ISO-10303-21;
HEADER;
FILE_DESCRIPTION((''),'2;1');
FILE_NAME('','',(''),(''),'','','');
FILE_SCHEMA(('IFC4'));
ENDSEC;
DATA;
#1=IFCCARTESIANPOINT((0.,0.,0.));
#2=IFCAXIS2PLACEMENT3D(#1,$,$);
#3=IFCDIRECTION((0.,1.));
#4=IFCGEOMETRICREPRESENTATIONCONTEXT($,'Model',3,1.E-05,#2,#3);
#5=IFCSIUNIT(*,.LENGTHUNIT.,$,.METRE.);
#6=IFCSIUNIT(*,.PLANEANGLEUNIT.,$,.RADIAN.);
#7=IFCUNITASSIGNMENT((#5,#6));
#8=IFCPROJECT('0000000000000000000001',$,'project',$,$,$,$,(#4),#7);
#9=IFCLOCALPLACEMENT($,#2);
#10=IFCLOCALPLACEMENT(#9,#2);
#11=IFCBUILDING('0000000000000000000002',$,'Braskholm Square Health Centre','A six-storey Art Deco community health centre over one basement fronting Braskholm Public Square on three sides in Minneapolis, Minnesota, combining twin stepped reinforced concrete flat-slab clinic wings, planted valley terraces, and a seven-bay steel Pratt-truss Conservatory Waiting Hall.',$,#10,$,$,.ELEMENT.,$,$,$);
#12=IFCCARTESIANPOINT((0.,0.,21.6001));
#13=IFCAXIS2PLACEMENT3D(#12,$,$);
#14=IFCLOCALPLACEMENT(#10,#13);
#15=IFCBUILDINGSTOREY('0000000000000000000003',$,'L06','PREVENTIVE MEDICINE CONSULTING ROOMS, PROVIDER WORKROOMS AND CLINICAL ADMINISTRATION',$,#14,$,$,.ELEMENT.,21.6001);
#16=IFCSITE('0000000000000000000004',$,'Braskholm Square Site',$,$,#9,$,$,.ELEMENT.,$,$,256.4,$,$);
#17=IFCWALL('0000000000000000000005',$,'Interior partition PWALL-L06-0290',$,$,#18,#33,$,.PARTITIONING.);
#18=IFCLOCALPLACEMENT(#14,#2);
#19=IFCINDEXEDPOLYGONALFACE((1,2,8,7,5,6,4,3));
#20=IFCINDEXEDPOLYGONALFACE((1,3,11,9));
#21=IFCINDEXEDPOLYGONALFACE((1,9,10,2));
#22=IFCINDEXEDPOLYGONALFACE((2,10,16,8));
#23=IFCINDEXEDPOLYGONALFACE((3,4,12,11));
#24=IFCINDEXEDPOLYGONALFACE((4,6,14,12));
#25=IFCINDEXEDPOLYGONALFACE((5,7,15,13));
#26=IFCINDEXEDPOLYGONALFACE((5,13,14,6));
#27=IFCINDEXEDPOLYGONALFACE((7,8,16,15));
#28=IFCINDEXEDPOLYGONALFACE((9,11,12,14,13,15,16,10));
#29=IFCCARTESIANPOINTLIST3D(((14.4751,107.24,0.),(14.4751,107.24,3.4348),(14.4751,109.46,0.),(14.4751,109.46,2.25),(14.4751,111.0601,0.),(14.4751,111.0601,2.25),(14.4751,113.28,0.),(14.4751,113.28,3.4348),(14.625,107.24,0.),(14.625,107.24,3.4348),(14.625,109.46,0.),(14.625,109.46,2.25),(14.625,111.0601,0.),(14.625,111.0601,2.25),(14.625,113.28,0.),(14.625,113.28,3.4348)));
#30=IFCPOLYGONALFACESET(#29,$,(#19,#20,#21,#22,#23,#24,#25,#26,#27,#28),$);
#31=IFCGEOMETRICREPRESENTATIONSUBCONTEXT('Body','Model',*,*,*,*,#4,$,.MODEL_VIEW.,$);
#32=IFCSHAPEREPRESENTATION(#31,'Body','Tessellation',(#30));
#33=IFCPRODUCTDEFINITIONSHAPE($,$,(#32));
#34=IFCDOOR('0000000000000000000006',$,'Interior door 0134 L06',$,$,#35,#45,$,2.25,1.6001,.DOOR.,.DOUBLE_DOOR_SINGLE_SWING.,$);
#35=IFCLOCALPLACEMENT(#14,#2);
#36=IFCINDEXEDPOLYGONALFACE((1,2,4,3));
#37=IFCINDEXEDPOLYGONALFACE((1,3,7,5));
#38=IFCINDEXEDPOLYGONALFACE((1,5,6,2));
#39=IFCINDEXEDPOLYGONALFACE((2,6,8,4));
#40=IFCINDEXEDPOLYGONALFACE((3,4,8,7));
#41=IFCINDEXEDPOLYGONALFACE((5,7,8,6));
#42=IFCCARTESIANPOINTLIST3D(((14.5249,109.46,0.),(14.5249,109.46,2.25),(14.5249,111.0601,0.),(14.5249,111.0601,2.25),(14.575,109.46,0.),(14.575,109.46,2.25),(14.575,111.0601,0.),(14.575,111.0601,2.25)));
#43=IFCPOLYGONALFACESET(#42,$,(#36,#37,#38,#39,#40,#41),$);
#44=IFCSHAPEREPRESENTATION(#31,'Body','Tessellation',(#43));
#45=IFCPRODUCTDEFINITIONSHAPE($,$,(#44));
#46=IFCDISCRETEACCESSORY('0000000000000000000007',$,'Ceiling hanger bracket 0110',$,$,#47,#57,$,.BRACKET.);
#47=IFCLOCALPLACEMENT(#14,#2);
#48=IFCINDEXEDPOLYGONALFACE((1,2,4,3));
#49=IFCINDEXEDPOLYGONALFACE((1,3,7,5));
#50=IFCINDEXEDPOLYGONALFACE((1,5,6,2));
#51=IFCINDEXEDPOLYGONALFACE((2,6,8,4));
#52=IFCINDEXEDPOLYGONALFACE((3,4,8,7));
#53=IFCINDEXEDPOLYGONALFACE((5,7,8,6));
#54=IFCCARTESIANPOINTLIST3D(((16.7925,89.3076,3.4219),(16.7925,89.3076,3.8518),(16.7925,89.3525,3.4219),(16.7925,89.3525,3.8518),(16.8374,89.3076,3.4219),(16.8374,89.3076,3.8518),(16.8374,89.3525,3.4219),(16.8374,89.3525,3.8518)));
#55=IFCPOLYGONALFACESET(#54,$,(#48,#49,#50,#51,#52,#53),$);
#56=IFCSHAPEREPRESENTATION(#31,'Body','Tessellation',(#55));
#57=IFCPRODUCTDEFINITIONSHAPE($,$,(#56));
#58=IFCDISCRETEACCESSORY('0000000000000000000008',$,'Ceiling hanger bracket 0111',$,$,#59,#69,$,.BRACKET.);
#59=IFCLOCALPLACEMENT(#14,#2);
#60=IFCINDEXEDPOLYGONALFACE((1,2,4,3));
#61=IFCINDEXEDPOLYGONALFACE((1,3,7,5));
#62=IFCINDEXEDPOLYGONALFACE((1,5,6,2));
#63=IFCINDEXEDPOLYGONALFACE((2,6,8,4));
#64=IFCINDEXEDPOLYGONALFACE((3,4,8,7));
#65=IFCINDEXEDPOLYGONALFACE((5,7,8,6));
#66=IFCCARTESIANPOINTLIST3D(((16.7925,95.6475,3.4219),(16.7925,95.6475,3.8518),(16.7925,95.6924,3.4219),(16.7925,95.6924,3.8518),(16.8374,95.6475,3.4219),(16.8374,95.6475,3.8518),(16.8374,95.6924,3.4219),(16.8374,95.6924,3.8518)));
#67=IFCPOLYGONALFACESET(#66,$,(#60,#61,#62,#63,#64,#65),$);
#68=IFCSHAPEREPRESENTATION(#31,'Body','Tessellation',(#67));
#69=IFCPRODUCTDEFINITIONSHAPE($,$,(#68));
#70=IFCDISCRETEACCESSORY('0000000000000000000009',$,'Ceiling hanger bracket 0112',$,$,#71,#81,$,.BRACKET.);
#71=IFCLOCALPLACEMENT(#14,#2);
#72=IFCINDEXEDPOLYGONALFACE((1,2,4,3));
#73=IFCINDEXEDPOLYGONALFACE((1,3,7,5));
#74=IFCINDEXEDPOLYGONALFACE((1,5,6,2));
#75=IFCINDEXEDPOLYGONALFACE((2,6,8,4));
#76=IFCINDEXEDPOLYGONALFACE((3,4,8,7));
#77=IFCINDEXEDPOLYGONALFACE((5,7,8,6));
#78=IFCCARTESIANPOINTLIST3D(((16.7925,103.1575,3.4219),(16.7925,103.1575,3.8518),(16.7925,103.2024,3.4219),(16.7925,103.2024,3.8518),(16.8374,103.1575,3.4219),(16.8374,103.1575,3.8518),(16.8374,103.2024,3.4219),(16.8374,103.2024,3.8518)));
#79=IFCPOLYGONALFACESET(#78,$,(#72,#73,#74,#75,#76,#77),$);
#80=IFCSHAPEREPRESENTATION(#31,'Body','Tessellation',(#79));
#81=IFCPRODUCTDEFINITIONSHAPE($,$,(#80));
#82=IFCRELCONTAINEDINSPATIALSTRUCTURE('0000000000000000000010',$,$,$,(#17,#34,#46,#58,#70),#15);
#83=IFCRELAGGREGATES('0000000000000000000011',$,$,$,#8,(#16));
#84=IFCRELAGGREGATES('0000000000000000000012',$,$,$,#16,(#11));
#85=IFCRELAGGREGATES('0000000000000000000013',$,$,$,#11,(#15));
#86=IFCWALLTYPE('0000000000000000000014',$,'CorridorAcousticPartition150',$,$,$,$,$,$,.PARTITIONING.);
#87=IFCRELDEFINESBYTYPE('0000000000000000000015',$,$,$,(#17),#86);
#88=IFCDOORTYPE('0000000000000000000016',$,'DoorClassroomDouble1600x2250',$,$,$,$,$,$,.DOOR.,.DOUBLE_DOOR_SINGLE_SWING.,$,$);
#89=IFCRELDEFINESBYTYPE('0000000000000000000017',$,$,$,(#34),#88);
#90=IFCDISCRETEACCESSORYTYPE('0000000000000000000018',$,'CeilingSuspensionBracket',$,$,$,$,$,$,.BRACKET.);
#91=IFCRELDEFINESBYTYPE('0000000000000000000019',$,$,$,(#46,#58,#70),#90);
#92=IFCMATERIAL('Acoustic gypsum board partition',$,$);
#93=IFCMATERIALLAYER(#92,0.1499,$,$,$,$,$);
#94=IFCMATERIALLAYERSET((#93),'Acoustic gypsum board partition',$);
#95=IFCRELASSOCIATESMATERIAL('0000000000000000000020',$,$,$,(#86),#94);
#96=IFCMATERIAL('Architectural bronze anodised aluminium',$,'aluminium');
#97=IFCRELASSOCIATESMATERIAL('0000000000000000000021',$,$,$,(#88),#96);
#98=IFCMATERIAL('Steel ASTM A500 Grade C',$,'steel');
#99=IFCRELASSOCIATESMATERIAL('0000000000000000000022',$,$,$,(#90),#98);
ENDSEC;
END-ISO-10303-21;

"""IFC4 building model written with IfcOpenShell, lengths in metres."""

from ifc_helpers import new_model, si_unit, direction, frame, frame_2d, origin, origin_2d, place, context, subcontext, project, spatial, rectangle, extrude, material, layer, layer_set, type_object, element, fill, save


model = new_model("IFC4")

# Units and contexts
model_context = context("Model", 3, precision=1e-05, world=origin(), true_north=direction((0.0, 1.0)))
body_context = subcontext(model_context, "Body", "Model", "MODEL_VIEW")
ifc_project = project(units=[si_unit("LENGTHUNIT", "METRE"), si_unit("PLANEANGLEUNIT", "RADIAN")], contexts=[model_context])

# Site, building, storey
site_placement = place(None, origin())
site = spatial("IfcSite", under=ifc_project, at=site_placement, Name="Braskholm Square Site", CompositionType="ELEMENT", RefElevation=256.4)
building_placement = place(site_placement, origin())
building = spatial("IfcBuilding", under=site, at=building_placement, Name="Braskholm Square Health Centre", Description="A six-storey Art Deco community health centre over one basement fronting Braskholm Public Square on three sides in Minneapolis, Minnesota, combining twin stepped reinforced concrete flat-slab clinic wings, planted valley terraces, and a seven-bay steel Pratt-truss Conservatory Waiting Hall.", CompositionType="ELEMENT")
storey_placement = place(building_placement, frame((0.0, 0.0, 21.6001)))
storey = spatial("IfcBuildingStorey", under=building, at=storey_placement, Name="L06", Description="PREVENTIVE MEDICINE CONSULTING ROOMS, PROVIDER WORKROOMS AND CLINICAL ADMINISTRATION", CompositionType="ELEMENT", Elevation=21.6001)

# Shared definitions
ifc_material_1 = material(Name="Architectural bronze anodised aluminium", Category="aluminium")

# Shared definitions
ifc_material_2 = material(Name="Acoustic gypsum board partition")

# Shared definitions
ifc_layer_1 = layer(ifc_material_2, 0.1499)
ifc_layer_set_1 = layer_set([ifc_layer_1], Name="Acoustic gypsum board partition")
wall_type_1 = type_object("IfcWallType", Name="CorridorAcousticPartition150", PredefinedType="PARTITIONING", material=ifc_layer_set_1)
door_type_1 = type_object("IfcDoorType", Name="DoorClassroomDouble1600x2250", OperationType="DOUBLE_DOOR_SINGLE_SWING", PredefinedType="DOOR", material=ifc_material_1)

# Wall, opening, door
wall_1_placement = place(storey_placement, frame((14.55, 107.24, 0.0), z_axis=(0.0, 0.0, 1.0), x_axis=(0.0, 1.0, 0.0)))
wall_1 = element("IfcWall", 1, at=wall_1_placement, inside=storey, type_object=wall_type_1, Name="Interior partition PWALL-L06-0290", PredefinedType="PARTITIONING", context=body_context, shape_type="SweptSolid", body=[
    extrude(rectangle(XDim=6.04, YDim=0.1499, at=frame_2d((3.02, 0.0))), origin(), (0.0, 0.0, 1.0), 3.4348),
])
opening_1_placement = place(wall_1_placement, frame((2.22, 0.0, 0.0)))
opening_1 = element("IfcOpeningElement", 2, at=opening_1_placement, cuts=wall_1, PredefinedType="OPENING", context=body_context, shape_type="SweptSolid", body=[
    extrude(rectangle(XDim=1.6001, YDim=2.25, at=frame_2d((0.8, 1.125))), frame((0.0, 0.085, 0.0), z_axis=(0.0, -1.0, 0.0), x_axis=(1.0, 0.0, 0.0)), (0.0, 0.0, 1.0), 0.1699),
])
door_1_placement = place(opening_1_placement, frame((1.6001, 0.0, 0.0), z_axis=(0.0, 0.0, 1.0), x_axis=(-1.0, 0.0, 0.0)))
door_1 = element("IfcDoor", 3, at=door_1_placement, inside=storey, type_object=door_type_1, Name="Interior door 0134 L06", OperationType="DOUBLE_DOOR_SINGLE_SWING", OverallHeight=2.25, OverallWidth=1.6001, PredefinedType="DOOR", context=body_context, shape_type="SweptSolid", body=[
    extrude(rectangle(XDim=1.6001, YDim=2.25, at=frame_2d((0.8, 1.125))), frame((0.0, 0.0249, 0.0), z_axis=(0.0, -1.0, 0.0), x_axis=(1.0, 0.0, 0.0)), (0.0, 0.0, 1.0), 0.05),
])
fill(opening_1, door_1)

# Discrete accessories
ifc_material_3 = material(Name="Steel ASTM A500 Grade C", Category="steel")
discrete_accessory_type = type_object("IfcDiscreteAccessoryType", Name="CeilingSuspensionBracket", PredefinedType="BRACKET", material=ifc_material_3)
for number, where, z_axis, x_axis, name in (
    (4, (16.8149, 89.3301, 3.4219), (0.0, 0.0, 1.0), (1.0, 0.0, 0.0), "Ceiling hanger bracket 0110"),
    (5, (16.8149, 95.6699, 3.4219), (0.0, 0.0, 1.0), (1.0, 0.0, 0.0), "Ceiling hanger bracket 0111"),
    (6, (16.8149, 103.1799, 3.4219), (0.0, 0.0, 1.0), (1.0, 0.0, 0.0), "Ceiling hanger bracket 0112"),
):
    element("IfcDiscreteAccessory", number, at=place(storey_placement, frame(where, z_axis=z_axis, x_axis=x_axis)), inside=storey, type_object=discrete_accessory_type, Name=name, PredefinedType="BRACKET", context=body_context, shape_type="SweptSolid", body=[
        extrude(rectangle(XDim=0.0449, YDim=0.0449, at=origin_2d()), origin(), (0.0, 0.0, 1.0), 0.4299),
    ])

save(model, "model.ifc")
